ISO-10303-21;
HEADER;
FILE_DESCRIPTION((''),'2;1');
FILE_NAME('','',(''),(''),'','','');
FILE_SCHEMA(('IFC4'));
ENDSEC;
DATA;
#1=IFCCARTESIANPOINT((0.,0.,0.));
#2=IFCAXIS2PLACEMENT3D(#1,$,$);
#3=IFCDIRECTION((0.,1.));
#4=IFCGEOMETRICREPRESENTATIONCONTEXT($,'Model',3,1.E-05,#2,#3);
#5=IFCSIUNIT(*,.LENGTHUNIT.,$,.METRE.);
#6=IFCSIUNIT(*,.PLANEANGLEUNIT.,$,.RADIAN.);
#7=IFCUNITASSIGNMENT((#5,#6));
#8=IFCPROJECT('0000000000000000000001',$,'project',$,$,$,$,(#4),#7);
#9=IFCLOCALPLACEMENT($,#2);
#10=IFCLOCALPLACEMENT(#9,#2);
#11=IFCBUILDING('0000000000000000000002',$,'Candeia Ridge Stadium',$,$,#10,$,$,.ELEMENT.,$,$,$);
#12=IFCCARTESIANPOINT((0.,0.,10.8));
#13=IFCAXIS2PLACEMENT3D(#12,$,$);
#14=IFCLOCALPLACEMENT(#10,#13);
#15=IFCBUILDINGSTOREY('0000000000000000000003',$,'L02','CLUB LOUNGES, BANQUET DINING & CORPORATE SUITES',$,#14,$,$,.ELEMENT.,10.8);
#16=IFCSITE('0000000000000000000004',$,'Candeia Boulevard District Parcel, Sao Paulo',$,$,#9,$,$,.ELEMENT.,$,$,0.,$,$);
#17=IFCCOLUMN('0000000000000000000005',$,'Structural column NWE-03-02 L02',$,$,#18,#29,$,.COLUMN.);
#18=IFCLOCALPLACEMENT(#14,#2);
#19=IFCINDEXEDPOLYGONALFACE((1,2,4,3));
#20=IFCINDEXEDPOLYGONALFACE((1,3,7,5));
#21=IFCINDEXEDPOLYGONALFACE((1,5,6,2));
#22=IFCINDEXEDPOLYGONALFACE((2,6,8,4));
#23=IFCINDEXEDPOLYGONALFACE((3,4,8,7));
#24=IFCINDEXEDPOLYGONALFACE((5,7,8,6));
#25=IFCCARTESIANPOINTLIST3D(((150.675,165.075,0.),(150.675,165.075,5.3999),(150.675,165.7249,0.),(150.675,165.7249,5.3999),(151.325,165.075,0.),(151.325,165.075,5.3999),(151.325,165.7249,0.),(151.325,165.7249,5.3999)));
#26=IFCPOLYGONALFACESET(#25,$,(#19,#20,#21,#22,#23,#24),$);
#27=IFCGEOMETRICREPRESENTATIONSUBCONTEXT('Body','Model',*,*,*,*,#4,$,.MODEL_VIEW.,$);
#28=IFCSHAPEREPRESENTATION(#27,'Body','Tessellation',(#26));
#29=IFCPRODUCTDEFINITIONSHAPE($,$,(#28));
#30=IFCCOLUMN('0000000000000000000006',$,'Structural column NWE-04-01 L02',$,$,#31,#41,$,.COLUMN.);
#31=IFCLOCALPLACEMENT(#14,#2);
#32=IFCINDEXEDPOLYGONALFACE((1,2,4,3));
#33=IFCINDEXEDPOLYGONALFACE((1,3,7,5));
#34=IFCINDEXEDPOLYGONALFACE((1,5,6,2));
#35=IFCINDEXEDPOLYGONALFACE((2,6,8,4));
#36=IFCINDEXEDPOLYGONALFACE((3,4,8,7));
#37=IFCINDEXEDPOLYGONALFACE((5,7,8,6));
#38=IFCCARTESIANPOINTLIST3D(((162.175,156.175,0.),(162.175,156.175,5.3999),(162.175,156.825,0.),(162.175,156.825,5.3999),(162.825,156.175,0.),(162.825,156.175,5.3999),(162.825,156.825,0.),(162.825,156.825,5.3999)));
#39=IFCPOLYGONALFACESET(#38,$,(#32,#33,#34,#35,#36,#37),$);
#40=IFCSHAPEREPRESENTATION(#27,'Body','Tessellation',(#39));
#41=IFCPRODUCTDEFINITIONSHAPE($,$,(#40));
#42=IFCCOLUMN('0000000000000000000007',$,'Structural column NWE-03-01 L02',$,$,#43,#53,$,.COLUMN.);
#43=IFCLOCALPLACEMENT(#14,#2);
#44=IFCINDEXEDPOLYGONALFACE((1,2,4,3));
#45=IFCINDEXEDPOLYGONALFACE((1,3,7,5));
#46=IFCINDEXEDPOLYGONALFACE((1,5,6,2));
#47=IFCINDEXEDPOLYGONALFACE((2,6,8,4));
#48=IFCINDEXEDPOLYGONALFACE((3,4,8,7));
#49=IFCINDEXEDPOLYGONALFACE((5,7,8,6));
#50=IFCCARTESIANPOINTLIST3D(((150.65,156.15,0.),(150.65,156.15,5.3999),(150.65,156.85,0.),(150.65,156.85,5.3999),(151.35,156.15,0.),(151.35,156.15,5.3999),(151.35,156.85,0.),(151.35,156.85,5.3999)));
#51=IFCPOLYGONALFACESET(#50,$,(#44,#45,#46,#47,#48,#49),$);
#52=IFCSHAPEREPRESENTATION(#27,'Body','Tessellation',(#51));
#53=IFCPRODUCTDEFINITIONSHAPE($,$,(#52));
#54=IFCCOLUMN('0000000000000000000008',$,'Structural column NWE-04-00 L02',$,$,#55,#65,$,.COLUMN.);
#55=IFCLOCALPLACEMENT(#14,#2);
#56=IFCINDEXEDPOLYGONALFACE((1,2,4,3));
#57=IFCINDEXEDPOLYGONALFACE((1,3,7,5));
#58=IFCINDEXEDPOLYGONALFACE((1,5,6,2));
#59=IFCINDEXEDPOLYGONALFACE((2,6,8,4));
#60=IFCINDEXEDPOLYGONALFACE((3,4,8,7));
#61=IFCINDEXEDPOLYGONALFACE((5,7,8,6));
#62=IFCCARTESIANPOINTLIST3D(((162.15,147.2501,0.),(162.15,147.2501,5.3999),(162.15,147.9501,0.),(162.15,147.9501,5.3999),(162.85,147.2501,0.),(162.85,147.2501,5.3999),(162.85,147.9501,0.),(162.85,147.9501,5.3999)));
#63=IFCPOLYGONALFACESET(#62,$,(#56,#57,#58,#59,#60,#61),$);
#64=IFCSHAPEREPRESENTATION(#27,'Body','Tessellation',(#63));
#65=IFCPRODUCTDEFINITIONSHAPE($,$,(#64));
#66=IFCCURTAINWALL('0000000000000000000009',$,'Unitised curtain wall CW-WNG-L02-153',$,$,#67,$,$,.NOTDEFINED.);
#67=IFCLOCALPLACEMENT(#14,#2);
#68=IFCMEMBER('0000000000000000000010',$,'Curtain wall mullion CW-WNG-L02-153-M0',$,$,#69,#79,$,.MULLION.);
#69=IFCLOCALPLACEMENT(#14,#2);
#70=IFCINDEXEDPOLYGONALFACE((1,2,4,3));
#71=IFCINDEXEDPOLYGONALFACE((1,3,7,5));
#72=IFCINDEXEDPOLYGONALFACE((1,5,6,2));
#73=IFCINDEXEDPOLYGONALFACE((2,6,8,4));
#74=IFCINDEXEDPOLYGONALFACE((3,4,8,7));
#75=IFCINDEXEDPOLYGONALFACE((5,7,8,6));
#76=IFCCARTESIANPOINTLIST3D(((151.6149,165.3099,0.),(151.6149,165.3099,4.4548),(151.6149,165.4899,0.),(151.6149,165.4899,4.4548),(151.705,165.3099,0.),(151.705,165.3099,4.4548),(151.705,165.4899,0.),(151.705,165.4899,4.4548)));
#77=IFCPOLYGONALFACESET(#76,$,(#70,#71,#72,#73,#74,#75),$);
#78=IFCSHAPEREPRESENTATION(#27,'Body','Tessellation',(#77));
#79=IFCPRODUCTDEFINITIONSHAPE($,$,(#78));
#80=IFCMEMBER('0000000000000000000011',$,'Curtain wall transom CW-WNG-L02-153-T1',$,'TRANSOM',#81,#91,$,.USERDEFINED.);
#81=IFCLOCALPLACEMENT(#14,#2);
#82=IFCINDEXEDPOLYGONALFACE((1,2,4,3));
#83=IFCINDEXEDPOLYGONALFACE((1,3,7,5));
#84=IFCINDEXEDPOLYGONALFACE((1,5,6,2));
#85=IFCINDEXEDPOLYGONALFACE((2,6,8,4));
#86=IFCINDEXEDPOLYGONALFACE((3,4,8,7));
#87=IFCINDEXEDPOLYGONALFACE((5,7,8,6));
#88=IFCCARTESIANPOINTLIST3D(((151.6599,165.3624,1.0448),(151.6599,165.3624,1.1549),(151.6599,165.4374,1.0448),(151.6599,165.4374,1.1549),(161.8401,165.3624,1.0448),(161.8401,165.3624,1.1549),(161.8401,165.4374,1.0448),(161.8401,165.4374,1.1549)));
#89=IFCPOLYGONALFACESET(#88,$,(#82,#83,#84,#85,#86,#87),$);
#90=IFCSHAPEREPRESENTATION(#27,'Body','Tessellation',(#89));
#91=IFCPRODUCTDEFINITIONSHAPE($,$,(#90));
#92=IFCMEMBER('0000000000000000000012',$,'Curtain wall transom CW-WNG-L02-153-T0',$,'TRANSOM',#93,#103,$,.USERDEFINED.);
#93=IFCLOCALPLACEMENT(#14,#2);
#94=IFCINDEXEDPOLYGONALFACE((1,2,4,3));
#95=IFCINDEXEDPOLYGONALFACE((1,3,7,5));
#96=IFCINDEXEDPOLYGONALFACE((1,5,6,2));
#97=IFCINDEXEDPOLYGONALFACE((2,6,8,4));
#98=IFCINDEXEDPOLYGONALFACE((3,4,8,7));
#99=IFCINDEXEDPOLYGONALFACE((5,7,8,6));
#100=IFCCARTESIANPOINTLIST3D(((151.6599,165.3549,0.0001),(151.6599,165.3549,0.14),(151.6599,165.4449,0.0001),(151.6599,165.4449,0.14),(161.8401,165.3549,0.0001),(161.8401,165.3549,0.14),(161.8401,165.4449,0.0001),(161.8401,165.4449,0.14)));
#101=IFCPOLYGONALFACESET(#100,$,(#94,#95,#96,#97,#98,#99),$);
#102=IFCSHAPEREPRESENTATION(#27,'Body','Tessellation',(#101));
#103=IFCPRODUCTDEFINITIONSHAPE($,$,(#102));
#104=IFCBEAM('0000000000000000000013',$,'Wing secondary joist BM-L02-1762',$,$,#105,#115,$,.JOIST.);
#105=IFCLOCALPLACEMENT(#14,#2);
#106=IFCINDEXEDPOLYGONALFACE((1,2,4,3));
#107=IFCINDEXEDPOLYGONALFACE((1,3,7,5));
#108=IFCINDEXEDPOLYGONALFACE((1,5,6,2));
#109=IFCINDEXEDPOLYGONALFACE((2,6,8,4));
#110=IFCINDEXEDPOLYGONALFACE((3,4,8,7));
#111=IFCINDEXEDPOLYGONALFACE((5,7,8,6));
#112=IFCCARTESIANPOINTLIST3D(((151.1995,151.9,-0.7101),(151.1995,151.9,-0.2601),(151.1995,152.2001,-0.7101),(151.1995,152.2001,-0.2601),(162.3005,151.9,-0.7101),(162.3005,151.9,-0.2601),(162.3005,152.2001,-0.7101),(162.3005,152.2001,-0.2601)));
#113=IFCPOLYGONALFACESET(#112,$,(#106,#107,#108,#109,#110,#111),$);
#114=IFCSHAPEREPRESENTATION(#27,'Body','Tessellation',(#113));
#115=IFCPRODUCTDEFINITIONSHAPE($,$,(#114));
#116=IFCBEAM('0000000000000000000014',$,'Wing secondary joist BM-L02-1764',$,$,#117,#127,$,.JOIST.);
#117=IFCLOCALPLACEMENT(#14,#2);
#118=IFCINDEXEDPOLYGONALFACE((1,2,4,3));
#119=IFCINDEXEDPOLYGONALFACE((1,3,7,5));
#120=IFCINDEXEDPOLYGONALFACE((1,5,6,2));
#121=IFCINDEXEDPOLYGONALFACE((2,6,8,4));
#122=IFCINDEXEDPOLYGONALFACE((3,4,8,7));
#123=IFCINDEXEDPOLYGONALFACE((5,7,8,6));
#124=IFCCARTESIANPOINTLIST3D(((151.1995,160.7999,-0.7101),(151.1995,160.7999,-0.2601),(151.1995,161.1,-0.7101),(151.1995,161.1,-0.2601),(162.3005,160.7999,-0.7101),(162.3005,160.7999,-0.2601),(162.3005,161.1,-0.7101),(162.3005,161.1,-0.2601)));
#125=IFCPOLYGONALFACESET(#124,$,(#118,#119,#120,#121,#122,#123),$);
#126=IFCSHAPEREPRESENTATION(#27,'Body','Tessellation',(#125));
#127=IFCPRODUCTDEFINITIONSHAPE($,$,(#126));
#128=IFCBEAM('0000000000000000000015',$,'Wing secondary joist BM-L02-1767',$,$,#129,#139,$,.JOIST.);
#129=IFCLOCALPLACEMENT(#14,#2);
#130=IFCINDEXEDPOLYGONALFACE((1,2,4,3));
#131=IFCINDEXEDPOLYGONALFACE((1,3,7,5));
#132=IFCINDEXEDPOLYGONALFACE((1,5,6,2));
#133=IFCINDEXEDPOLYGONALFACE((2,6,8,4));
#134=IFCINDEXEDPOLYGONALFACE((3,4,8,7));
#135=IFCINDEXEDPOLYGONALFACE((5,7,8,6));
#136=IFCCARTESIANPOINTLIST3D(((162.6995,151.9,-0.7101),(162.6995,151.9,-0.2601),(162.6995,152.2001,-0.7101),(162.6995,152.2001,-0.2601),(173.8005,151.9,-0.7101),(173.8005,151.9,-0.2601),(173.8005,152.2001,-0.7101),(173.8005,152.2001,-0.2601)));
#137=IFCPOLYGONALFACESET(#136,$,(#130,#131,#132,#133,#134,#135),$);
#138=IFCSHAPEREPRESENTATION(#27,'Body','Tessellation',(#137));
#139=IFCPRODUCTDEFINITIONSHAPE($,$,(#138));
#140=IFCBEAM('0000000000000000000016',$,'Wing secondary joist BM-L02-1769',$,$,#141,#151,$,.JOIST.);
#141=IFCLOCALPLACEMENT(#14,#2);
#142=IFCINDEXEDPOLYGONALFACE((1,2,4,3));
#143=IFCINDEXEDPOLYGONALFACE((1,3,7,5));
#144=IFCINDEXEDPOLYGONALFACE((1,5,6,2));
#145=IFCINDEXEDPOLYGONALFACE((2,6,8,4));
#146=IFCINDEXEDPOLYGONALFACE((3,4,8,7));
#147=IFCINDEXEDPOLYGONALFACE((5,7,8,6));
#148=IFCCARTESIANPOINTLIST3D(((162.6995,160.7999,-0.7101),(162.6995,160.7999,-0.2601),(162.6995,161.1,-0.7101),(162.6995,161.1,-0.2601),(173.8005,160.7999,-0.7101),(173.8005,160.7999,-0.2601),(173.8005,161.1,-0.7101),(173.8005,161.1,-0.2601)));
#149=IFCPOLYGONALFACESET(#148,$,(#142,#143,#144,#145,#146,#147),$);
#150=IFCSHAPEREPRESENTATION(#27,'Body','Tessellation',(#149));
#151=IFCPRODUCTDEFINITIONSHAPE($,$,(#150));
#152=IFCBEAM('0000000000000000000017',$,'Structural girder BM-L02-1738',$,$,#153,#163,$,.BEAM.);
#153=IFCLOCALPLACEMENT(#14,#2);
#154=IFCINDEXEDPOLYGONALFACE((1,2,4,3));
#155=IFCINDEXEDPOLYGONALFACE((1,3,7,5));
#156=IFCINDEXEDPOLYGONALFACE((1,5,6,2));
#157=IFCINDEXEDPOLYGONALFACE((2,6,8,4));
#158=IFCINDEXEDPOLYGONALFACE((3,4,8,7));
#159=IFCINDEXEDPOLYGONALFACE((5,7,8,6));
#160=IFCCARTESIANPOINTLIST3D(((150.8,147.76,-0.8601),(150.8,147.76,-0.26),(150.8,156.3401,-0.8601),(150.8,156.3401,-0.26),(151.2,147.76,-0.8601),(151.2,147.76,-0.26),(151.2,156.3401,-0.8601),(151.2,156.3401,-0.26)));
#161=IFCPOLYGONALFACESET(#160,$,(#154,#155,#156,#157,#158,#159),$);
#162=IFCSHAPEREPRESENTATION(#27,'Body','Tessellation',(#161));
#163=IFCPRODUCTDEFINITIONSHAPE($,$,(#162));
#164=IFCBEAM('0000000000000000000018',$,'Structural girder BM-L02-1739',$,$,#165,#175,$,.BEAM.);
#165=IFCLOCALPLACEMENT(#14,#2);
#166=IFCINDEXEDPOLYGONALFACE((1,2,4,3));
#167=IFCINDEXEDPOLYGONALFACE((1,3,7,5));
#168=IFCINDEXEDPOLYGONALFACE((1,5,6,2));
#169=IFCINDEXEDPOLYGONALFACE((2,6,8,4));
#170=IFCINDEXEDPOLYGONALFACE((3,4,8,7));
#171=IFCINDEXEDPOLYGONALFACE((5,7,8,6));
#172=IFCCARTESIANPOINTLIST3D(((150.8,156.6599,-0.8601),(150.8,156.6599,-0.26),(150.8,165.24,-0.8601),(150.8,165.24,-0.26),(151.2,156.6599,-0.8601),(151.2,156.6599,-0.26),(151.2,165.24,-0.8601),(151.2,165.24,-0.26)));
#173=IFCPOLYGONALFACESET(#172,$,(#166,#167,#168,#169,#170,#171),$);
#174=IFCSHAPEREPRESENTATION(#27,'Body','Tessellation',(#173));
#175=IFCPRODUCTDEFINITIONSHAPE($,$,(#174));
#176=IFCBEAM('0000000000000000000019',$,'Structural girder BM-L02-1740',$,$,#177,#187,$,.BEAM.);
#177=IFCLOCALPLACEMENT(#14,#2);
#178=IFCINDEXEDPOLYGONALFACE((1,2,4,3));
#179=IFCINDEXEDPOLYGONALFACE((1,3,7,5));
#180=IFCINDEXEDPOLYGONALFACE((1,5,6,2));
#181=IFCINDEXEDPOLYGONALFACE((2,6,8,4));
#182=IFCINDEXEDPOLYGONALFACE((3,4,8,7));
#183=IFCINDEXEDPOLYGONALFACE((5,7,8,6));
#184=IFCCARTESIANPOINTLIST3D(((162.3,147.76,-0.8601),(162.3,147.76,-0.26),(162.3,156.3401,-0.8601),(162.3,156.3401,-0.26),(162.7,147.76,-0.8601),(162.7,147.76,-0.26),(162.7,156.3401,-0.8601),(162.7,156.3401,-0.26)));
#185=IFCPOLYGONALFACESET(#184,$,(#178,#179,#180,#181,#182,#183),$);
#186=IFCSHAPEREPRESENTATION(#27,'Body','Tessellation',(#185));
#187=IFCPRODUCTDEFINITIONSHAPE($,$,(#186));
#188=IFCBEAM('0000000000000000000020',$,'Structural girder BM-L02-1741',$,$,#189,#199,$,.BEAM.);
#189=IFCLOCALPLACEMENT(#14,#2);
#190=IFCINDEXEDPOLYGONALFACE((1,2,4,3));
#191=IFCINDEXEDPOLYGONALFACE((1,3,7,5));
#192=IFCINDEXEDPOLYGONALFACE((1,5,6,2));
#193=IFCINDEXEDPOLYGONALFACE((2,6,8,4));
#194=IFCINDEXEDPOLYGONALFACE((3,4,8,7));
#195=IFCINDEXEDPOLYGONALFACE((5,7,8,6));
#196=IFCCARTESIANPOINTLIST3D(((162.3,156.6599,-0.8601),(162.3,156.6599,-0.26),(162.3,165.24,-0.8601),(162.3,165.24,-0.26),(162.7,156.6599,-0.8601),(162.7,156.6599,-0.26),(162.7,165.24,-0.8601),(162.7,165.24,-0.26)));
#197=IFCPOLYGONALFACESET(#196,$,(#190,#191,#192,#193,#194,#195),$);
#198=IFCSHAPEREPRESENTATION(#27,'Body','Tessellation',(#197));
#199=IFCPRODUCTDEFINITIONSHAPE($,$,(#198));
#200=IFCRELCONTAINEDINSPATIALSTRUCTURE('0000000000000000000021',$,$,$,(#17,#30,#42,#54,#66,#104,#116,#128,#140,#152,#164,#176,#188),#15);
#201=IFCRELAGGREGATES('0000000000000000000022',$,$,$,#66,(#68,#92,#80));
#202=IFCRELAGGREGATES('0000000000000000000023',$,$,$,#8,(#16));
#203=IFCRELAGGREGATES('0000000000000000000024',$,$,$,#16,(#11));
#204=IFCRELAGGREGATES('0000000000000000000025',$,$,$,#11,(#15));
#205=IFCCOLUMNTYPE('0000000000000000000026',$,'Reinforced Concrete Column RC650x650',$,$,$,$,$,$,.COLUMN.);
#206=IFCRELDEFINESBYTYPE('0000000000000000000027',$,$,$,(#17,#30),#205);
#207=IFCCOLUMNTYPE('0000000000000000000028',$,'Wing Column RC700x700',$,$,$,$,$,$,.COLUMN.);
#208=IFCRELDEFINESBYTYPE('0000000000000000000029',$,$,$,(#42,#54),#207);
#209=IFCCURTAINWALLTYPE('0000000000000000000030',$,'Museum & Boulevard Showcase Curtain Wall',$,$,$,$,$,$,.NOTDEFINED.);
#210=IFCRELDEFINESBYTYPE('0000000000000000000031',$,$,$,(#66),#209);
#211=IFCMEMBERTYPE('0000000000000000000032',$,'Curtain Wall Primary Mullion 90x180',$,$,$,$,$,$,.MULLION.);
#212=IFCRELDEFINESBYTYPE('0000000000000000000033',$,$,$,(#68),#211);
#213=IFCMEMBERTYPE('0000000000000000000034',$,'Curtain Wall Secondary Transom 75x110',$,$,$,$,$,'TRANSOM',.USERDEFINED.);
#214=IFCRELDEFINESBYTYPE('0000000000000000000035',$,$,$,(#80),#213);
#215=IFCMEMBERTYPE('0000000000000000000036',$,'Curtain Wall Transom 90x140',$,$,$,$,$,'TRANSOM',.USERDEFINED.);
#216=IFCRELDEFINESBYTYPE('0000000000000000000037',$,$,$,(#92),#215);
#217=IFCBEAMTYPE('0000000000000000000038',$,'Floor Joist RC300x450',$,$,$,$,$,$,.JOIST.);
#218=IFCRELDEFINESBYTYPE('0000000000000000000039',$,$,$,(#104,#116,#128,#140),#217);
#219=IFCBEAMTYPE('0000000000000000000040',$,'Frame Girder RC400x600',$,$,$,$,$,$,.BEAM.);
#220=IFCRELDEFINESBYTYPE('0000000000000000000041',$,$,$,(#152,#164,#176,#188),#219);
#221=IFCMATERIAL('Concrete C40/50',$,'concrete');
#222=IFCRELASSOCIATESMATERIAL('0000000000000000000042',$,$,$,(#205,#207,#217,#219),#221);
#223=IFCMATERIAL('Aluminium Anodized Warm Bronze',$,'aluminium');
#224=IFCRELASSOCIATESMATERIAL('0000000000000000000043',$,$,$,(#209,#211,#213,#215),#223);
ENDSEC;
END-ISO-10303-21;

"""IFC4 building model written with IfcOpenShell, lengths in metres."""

from ifc_helpers import new_model, si_unit, direction, frame, origin, origin_2d, place, context, subcontext, project, spatial, rectangle, extrude, material, material_profile, profile_set, type_object, element, aggregate, save


model = new_model("IFC4")

# Units and contexts
model_context = context("Model", 3, precision=1e-05, world=origin(), true_north=direction((0.0, 1.0)))
body_context = subcontext(model_context, "Body", "Model", "MODEL_VIEW")
ifc_project = project(units=[si_unit("LENGTHUNIT", "METRE"), si_unit("PLANEANGLEUNIT", "RADIAN")], contexts=[model_context])

# Site, building, storey
site_placement = place(None, origin())
site = spatial("IfcSite", under=ifc_project, at=site_placement, Name="Candeia Boulevard District Parcel, Sao Paulo", CompositionType="ELEMENT", RefElevation=0.0)
building_placement = place(site_placement, origin())
building = spatial("IfcBuilding", under=site, at=building_placement, Name="Candeia Ridge Stadium", CompositionType="ELEMENT")
storey_placement = place(building_placement, frame((0.0, 0.0, 10.8)))
storey = spatial("IfcBuildingStorey", under=building, at=storey_placement, Name="L02", Description="CLUB LOUNGES, BANQUET DINING & CORPORATE SUITES", CompositionType="ELEMENT", Elevation=10.8)

# Columns
ifc_material_1 = material(Name="Concrete C40/50", Category="concrete")
ifc_material_profile_1 = material_profile(ifc_material_1, rectangle(XDim=0.6499, YDim=0.6499, at=origin_2d()), Name="RC650x650", Category="concrete")
ifc_profile_set_1 = profile_set([ifc_material_profile_1], Name="Concrete C40/50")
column_type_1 = type_object("IfcColumnType", Name="Reinforced Concrete Column RC650x650", PredefinedType="COLUMN", material=ifc_profile_set_1)
for number, where, z_axis, x_axis, name in (
    (1, (151.0, 165.3999, 0.0), (0.0, 0.0, 1.0), (1.0, 0.0, 0.0), "Structural column NWE-03-02 L02"),
    (2, (162.5, 156.5, 0.0), (0.0, 0.0, 1.0), (1.0, 0.0, 0.0), "Structural column NWE-04-01 L02"),
):
    element("IfcColumn", number, at=place(storey_placement, frame(where, z_axis=z_axis, x_axis=x_axis)), inside=storey, type_object=column_type_1, Name=name, PredefinedType="COLUMN", context=body_context, shape_type="SweptSolid", body=[
        extrude(rectangle(XDim=0.6499, YDim=0.6499, at=origin_2d()), origin(), (0.0, 0.0, 1.0), 5.3999),
    ])
ifc_material_profile_2 = material_profile(ifc_material_1, rectangle(XDim=0.7, YDim=0.7, at=origin_2d()), Name="RC700x700", Category="concrete")
ifc_profile_set_2 = profile_set([ifc_material_profile_2], Name="Concrete C40/50")
column_type_2 = type_object("IfcColumnType", Name="Wing Column RC700x700", PredefinedType="COLUMN", material=ifc_profile_set_2)
for number, where, z_axis, x_axis, name in (
    (3, (151.0, 156.5, 0.0), (0.0, 0.0, 1.0), (1.0, 0.0, 0.0), "Structural column NWE-03-01 L02"),
    (4, (162.5, 147.6001, 0.0), (0.0, 0.0, 1.0), (1.0, 0.0, 0.0), "Structural column NWE-04-00 L02"),
):
    element("IfcColumn", number, at=place(storey_placement, frame(where, z_axis=z_axis, x_axis=x_axis)), inside=storey, type_object=column_type_2, Name=name, PredefinedType="COLUMN", context=body_context, shape_type="SweptSolid", body=[
        extrude(rectangle(XDim=0.7, YDim=0.7, at=origin_2d()), origin(), (0.0, 0.0, 1.0), 5.3999),
    ])

# Curtain wall, members
ifc_material_2 = material(Name="Aluminium Anodized Warm Bronze", Category="aluminium")
curtain_wall_type = type_object("IfcCurtainWallType", Name="Museum & Boulevard Showcase Curtain Wall", PredefinedType="NOTDEFINED", material=ifc_material_2)
curtain_wall_placement = place(storey_placement, origin())
curtain_wall = element("IfcCurtainWall", 5, at=curtain_wall_placement, inside=storey, type_object=curtain_wall_type, Name="Unitised curtain wall CW-WNG-L02-153", PredefinedType="NOTDEFINED")
ifc_material_profile_3 = material_profile(ifc_material_2, rectangle(XDim=0.0901, YDim=0.1799, at=origin_2d()), Name="CWM-90x180", Category="aluminium")
ifc_profile_set_3 = profile_set([ifc_material_profile_3], Name="Aluminium Anodized Warm Bronze")
member_type_1 = type_object("IfcMemberType", Name="Curtain Wall Primary Mullion 90x180", PredefinedType="MULLION", material=ifc_profile_set_3)
member_1_placement = place(storey_placement, frame((151.6599, 165.3999, 0.0), z_axis=(0.0, 0.0, 1.0), x_axis=(1.0, 0.0, 0.0)))
member_1 = element("IfcMember", 6, at=member_1_placement, type_object=member_type_1, Name="Curtain wall mullion CW-WNG-L02-153-M0", PredefinedType="MULLION", context=body_context, shape_type="SweptSolid", body=[
    extrude(rectangle(XDim=0.0901, YDim=0.1799, at=origin_2d()), origin(), (0.0, 0.0, 1.0), 4.4548),
])
ifc_material_profile_4 = material_profile(ifc_material_2, rectangle(XDim=0.075, YDim=0.1101, at=origin_2d()), Name="CWT-75x110", Category="aluminium")
ifc_profile_set_4 = profile_set([ifc_material_profile_4], Name="Aluminium Anodized Warm Bronze")
member_type_2 = type_object("IfcMemberType", Name="Curtain Wall Secondary Transom 75x110", ElementType="TRANSOM", PredefinedType="USERDEFINED", material=ifc_profile_set_4)
member_2_placement = place(storey_placement, frame((151.6599, 165.3999, 1.0999), z_axis=(1.0, 0.0, 0.0), x_axis=(0.0, 1.0, 0.0)))
member_2 = element("IfcMember", 7, at=member_2_placement, type_object=member_type_2, Name="Curtain wall transom CW-WNG-L02-153-T1", ObjectType="TRANSOM", PredefinedType="USERDEFINED", context=body_context, shape_type="SweptSolid", body=[
    extrude(rectangle(XDim=0.075, YDim=0.1101, at=origin_2d()), origin(), (0.0, 0.0, 1.0), 10.1802),
])
ifc_material_profile_5 = material_profile(ifc_material_2, rectangle(XDim=0.0901, YDim=0.1399, at=origin_2d()), Name="CWT-90x140", Category="aluminium")
ifc_profile_set_5 = profile_set([ifc_material_profile_5], Name="Aluminium Anodized Warm Bronze")
member_type_3 = type_object("IfcMemberType", Name="Curtain Wall Transom 90x140", ElementType="TRANSOM", PredefinedType="USERDEFINED", material=ifc_profile_set_5)
member_3_placement = place(storey_placement, frame((151.6599, 165.3999, 0.0701), z_axis=(1.0, 0.0, 0.0), x_axis=(0.0, 1.0, 0.0)))
member_3 = element("IfcMember", 8, at=member_3_placement, type_object=member_type_3, Name="Curtain wall transom CW-WNG-L02-153-T0", ObjectType="TRANSOM", PredefinedType="USERDEFINED", context=body_context, shape_type="SweptSolid", body=[
    extrude(rectangle(XDim=0.0901, YDim=0.1399, at=origin_2d()), origin(), (0.0, 0.0, 1.0), 10.1802),
])
aggregate(curtain_wall, [member_1, member_3, member_2])

# Beams
ifc_material_profile_6 = material_profile(ifc_material_1, rectangle(XDim=0.3, YDim=0.45, at=origin_2d()), Name="RC300x450", Category="concrete")
ifc_profile_set_6 = profile_set([ifc_material_profile_6], Name="Concrete C40/50")
beam_type_1 = type_object("IfcBeamType", Name="Floor Joist RC300x450", PredefinedType="JOIST", material=ifc_profile_set_6)
for number, where, z_axis, x_axis, name in (
    (9, (151.1995, 152.05, -0.4851), (1.0, 0.0, 0.0), (0.0, 1.0, 0.0), "Wing secondary joist BM-L02-1762"),
    (10, (151.1995, 160.95, -0.4851), (1.0, 0.0, 0.0), (0.0, 1.0, 0.0), "Wing secondary joist BM-L02-1764"),
    (11, (162.6995, 152.05, -0.4851), (1.0, 0.0, 0.0), (0.0, 1.0, 0.0), "Wing secondary joist BM-L02-1767"),
    (12, (162.6995, 160.95, -0.4851), (1.0, 0.0, 0.0), (0.0, 1.0, 0.0), "Wing secondary joist BM-L02-1769"),
):
    element("IfcBeam", number, at=place(storey_placement, frame(where, z_axis=z_axis, x_axis=x_axis)), inside=storey, type_object=beam_type_1, Name=name, PredefinedType="JOIST", context=body_context, shape_type="SweptSolid", body=[
        extrude(rectangle(XDim=0.3, YDim=0.45, at=origin_2d()), origin(), (0.0, 0.0, 1.0), 11.1011),
    ])
ifc_material_profile_7 = material_profile(ifc_material_1, rectangle(XDim=0.3999, YDim=0.6001, at=origin_2d()), Name="RC400x600", Category="concrete")
ifc_profile_set_7 = profile_set([ifc_material_profile_7], Name="Concrete C40/50")
beam_type_2 = type_object("IfcBeamType", Name="Frame Girder RC400x600", PredefinedType="BEAM", material=ifc_profile_set_7)
for number, where, z_axis, x_axis, name in (
    (13, (151.0, 147.76, -0.5601), (0.0, 1.0, 0.0), (-1.0, 0.0, 0.0), "Structural girder BM-L02-1738"),
    (14, (151.0, 156.6599, -0.5601), (0.0, 1.0, 0.0), (-1.0, 0.0, 0.0), "Structural girder BM-L02-1739"),
    (15, (162.5, 147.76, -0.5601), (0.0, 1.0, 0.0), (-1.0, 0.0, 0.0), "Structural girder BM-L02-1740"),
    (16, (162.5, 156.6599, -0.5601), (0.0, 1.0, 0.0), (-1.0, 0.0, 0.0), "Structural girder BM-L02-1741"),
):
    element("IfcBeam", number, at=place(storey_placement, frame(where, z_axis=z_axis, x_axis=x_axis)), inside=storey, type_object=beam_type_2, Name=name, PredefinedType="BEAM", context=body_context, shape_type="SweptSolid", body=[
        extrude(rectangle(XDim=0.3999, YDim=0.6001, at=origin_2d()), origin(), (0.0, 0.0, 1.0), 8.5801),
    ])

save(model, "model.ifc")
